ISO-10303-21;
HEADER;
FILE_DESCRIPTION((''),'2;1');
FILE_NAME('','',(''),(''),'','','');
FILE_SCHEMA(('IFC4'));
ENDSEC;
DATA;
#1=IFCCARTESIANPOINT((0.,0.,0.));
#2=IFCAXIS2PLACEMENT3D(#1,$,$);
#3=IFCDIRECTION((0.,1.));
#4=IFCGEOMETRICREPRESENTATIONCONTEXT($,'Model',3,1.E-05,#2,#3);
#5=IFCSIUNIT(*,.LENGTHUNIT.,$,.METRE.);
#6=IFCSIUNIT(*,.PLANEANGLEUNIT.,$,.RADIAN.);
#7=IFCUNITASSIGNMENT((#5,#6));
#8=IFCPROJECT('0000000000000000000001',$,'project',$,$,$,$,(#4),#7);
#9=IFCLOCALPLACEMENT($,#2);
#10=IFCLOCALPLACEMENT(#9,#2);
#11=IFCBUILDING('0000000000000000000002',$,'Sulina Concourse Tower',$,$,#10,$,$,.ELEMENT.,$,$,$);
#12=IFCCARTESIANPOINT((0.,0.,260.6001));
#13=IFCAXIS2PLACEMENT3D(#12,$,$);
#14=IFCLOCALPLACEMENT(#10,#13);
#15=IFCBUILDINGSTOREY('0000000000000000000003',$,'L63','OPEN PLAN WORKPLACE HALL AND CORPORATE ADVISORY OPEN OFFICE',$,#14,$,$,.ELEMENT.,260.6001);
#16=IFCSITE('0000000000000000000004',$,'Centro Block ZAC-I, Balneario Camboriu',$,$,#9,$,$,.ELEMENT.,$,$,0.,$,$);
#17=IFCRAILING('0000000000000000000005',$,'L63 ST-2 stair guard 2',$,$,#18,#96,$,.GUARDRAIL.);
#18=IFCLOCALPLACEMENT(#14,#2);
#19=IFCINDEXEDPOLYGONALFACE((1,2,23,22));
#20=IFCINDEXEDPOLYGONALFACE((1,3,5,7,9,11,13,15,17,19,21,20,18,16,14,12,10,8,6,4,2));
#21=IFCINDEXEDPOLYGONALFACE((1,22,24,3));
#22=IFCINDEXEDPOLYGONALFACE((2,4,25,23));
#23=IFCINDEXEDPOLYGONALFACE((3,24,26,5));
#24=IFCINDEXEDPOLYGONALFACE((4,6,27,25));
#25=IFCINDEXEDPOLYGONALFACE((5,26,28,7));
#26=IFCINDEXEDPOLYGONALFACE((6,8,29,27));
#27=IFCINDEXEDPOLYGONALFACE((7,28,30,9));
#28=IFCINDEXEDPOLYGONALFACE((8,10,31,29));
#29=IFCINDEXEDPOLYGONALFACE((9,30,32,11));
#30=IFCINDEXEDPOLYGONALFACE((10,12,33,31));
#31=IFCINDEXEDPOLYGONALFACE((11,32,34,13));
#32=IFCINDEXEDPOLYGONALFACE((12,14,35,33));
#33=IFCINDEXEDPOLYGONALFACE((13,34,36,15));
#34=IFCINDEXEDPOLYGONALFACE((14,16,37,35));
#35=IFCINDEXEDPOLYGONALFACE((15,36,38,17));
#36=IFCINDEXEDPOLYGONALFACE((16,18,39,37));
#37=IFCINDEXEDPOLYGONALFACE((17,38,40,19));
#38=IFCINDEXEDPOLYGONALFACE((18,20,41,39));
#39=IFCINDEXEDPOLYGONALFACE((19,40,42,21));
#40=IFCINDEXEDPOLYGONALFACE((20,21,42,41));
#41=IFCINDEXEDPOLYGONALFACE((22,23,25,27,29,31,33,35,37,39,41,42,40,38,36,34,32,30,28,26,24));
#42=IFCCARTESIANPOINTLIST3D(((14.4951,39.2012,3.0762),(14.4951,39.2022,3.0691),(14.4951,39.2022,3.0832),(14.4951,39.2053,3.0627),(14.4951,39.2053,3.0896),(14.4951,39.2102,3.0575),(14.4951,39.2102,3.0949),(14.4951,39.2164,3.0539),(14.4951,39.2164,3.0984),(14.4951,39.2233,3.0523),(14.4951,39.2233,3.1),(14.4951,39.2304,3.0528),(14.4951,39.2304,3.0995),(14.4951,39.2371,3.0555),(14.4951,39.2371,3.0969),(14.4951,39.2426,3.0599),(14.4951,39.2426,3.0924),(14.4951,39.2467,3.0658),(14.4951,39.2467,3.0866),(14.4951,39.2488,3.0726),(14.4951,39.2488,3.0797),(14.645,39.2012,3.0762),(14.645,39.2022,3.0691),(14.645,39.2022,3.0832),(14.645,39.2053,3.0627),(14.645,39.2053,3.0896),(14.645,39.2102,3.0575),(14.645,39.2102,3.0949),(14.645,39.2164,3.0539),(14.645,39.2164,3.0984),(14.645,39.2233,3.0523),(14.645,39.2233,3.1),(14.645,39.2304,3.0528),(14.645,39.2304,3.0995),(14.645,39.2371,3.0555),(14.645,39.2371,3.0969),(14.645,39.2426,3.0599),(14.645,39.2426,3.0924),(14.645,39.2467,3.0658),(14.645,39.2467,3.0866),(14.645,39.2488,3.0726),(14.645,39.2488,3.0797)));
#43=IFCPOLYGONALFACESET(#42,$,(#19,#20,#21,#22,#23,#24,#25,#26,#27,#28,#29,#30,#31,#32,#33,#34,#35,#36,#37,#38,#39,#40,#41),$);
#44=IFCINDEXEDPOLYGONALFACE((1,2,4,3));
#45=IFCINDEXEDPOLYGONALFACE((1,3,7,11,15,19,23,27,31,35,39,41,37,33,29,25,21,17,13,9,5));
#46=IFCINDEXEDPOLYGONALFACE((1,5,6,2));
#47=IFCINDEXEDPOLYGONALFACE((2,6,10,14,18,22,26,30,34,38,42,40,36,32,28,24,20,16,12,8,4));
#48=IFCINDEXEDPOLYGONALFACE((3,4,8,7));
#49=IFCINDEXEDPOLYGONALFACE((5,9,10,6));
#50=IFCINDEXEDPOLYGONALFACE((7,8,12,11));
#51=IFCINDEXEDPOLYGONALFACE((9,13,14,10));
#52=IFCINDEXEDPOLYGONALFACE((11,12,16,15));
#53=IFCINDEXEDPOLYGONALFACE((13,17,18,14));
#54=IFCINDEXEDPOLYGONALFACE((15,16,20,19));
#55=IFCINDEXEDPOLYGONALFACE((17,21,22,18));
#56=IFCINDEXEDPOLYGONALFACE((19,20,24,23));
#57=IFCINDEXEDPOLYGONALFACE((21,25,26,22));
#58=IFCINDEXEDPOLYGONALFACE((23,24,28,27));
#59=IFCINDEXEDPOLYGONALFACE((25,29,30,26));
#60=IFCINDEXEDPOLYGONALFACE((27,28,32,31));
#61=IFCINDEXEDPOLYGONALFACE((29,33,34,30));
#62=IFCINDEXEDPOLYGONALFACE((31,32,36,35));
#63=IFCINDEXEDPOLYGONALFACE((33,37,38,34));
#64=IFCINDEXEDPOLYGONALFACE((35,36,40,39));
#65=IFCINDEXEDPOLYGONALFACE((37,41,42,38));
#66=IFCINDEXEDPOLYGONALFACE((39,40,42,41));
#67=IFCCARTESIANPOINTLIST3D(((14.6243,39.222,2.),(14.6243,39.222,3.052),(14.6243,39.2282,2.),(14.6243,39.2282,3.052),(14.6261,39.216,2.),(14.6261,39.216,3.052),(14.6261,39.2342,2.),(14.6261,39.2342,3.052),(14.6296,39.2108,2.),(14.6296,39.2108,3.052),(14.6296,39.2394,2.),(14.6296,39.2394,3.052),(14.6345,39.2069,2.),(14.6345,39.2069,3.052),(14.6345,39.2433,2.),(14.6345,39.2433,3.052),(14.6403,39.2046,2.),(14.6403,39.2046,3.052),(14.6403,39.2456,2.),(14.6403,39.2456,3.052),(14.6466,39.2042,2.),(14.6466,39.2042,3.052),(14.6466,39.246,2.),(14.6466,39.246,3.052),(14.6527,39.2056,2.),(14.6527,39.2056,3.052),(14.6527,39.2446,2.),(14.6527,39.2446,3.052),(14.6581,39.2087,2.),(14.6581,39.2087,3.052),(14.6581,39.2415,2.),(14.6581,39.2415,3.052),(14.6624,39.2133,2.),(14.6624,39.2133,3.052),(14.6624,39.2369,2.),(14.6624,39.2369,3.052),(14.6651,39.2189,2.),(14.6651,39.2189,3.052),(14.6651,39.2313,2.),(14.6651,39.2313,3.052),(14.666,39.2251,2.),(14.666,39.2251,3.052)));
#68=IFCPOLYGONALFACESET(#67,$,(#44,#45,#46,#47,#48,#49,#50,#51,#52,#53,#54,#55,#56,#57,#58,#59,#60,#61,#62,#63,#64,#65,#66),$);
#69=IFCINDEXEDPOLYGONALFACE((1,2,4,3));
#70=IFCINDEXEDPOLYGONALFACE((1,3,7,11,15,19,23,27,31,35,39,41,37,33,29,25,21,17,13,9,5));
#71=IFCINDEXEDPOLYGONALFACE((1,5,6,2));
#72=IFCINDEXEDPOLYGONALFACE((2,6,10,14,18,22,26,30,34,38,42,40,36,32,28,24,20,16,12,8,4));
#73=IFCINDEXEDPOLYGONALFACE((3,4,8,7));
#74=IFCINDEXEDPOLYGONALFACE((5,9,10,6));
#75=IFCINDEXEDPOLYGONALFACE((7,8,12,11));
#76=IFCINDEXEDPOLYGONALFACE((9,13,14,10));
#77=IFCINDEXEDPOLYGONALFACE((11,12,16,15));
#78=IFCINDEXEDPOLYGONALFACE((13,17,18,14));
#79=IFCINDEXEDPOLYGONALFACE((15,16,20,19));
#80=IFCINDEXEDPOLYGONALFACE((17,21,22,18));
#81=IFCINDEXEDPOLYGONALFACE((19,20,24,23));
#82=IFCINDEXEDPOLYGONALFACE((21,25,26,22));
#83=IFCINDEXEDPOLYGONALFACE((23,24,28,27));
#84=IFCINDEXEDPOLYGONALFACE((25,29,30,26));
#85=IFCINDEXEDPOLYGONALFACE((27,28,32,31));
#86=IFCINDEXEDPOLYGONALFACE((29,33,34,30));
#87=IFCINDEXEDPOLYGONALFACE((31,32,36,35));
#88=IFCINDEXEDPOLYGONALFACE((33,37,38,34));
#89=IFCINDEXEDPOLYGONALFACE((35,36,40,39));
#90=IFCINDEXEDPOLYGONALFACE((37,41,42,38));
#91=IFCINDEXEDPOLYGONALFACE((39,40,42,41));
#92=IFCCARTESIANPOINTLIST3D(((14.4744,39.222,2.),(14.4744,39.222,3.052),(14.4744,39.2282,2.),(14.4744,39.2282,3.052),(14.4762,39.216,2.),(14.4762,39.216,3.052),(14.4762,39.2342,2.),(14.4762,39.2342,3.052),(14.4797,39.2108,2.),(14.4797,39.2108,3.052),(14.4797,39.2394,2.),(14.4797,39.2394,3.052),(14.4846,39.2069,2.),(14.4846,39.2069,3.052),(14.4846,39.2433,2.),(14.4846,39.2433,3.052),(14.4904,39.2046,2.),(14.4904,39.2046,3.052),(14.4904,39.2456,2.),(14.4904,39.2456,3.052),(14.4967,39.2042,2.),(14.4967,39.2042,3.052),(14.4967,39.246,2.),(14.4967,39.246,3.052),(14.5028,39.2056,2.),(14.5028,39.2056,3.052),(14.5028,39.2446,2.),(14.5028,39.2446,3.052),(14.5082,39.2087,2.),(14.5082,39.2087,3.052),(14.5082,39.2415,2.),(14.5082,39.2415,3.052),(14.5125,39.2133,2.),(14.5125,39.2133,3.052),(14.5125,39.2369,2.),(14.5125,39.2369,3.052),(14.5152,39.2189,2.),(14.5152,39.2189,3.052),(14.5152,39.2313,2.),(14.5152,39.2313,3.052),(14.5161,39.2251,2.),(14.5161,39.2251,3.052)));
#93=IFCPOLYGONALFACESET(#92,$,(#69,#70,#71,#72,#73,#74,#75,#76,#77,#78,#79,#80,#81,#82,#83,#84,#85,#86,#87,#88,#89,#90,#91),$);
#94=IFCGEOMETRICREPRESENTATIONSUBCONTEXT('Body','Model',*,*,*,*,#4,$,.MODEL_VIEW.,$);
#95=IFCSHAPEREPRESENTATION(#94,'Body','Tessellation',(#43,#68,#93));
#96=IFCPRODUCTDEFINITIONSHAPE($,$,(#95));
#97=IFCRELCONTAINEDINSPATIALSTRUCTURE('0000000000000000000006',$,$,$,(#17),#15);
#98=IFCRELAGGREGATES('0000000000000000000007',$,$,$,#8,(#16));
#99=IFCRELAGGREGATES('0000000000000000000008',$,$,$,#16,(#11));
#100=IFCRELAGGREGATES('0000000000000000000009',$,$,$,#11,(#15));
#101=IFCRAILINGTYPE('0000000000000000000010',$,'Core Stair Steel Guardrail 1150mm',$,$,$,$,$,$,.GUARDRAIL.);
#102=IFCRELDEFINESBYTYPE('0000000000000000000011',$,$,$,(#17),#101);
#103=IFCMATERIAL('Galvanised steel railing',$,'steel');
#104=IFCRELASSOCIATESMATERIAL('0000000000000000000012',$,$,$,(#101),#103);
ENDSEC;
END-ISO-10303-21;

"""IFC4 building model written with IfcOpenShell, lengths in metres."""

from ifc_helpers import new_model, si_unit, direction, frame, origin, origin_2d, place, context, subcontext, project, spatial, circle, extrude, material, type_object, element, save


model = new_model("IFC4")

# Units and contexts
model_context = context("Model", 3, precision=1e-05, world=origin(), true_north=direction((0.0, 1.0)))
body_context = subcontext(model_context, "Body", "Model", "MODEL_VIEW")
ifc_project = project(units=[si_unit("LENGTHUNIT", "METRE"), si_unit("PLANEANGLEUNIT", "RADIAN")], contexts=[model_context])

# Site, building, storey
site_placement = place(None, origin())
site = spatial("IfcSite", under=ifc_project, at=site_placement, Name="Centro Block ZAC-I, Balneario Camboriu", CompositionType="ELEMENT", RefElevation=0.0)
building_placement = place(site_placement, origin())
building = spatial("IfcBuilding", under=site, at=building_placement, Name="Sulina Concourse Tower", CompositionType="ELEMENT")
storey_placement = place(building_placement, frame((0.0, 0.0, 260.6001)))
storey = spatial("IfcBuildingStorey", under=building, at=storey_placement, Name="L63", Description="OPEN PLAN WORKPLACE HALL AND CORPORATE ADVISORY OPEN OFFICE", CompositionType="ELEMENT", Elevation=260.6001)

# Railing
ifc_material_1 = material(Name="Galvanised steel railing", Category="steel")
railing_type_1 = type_object("IfcRailingType", Name="Core Stair Steel Guardrail 1150mm", PredefinedType="GUARDRAIL", material=ifc_material_1)
railing_1_placement = place(storey_placement, frame((14.645, 39.2251, 2.0)))
element("IfcRailing", 1, at=railing_1_placement, inside=storey, type_object=railing_type_1, Name="L63 ST-2 stair guard 2", PredefinedType="GUARDRAIL", context=body_context, shape_type="SweptSolid", body=[
    extrude(circle(Radius=0.0239, at=origin_2d()), frame((0.0, 0.0, 1.0762), z_axis=(-1.0, 0.0, 0.0), x_axis=(0.0, -1.0, 0.0)), (0.0, 0.0, 1.0), 0.1499),
    extrude(circle(Radius=0.021, at=origin_2d()), origin(), (0.0, 0.0, 1.0), 1.052),
    extrude(circle(Radius=0.021, at=origin_2d()), frame((-0.1499, 0.0, 0.0)), (0.0, 0.0, 1.0), 1.052),
])

save(model, "model.ifc")
